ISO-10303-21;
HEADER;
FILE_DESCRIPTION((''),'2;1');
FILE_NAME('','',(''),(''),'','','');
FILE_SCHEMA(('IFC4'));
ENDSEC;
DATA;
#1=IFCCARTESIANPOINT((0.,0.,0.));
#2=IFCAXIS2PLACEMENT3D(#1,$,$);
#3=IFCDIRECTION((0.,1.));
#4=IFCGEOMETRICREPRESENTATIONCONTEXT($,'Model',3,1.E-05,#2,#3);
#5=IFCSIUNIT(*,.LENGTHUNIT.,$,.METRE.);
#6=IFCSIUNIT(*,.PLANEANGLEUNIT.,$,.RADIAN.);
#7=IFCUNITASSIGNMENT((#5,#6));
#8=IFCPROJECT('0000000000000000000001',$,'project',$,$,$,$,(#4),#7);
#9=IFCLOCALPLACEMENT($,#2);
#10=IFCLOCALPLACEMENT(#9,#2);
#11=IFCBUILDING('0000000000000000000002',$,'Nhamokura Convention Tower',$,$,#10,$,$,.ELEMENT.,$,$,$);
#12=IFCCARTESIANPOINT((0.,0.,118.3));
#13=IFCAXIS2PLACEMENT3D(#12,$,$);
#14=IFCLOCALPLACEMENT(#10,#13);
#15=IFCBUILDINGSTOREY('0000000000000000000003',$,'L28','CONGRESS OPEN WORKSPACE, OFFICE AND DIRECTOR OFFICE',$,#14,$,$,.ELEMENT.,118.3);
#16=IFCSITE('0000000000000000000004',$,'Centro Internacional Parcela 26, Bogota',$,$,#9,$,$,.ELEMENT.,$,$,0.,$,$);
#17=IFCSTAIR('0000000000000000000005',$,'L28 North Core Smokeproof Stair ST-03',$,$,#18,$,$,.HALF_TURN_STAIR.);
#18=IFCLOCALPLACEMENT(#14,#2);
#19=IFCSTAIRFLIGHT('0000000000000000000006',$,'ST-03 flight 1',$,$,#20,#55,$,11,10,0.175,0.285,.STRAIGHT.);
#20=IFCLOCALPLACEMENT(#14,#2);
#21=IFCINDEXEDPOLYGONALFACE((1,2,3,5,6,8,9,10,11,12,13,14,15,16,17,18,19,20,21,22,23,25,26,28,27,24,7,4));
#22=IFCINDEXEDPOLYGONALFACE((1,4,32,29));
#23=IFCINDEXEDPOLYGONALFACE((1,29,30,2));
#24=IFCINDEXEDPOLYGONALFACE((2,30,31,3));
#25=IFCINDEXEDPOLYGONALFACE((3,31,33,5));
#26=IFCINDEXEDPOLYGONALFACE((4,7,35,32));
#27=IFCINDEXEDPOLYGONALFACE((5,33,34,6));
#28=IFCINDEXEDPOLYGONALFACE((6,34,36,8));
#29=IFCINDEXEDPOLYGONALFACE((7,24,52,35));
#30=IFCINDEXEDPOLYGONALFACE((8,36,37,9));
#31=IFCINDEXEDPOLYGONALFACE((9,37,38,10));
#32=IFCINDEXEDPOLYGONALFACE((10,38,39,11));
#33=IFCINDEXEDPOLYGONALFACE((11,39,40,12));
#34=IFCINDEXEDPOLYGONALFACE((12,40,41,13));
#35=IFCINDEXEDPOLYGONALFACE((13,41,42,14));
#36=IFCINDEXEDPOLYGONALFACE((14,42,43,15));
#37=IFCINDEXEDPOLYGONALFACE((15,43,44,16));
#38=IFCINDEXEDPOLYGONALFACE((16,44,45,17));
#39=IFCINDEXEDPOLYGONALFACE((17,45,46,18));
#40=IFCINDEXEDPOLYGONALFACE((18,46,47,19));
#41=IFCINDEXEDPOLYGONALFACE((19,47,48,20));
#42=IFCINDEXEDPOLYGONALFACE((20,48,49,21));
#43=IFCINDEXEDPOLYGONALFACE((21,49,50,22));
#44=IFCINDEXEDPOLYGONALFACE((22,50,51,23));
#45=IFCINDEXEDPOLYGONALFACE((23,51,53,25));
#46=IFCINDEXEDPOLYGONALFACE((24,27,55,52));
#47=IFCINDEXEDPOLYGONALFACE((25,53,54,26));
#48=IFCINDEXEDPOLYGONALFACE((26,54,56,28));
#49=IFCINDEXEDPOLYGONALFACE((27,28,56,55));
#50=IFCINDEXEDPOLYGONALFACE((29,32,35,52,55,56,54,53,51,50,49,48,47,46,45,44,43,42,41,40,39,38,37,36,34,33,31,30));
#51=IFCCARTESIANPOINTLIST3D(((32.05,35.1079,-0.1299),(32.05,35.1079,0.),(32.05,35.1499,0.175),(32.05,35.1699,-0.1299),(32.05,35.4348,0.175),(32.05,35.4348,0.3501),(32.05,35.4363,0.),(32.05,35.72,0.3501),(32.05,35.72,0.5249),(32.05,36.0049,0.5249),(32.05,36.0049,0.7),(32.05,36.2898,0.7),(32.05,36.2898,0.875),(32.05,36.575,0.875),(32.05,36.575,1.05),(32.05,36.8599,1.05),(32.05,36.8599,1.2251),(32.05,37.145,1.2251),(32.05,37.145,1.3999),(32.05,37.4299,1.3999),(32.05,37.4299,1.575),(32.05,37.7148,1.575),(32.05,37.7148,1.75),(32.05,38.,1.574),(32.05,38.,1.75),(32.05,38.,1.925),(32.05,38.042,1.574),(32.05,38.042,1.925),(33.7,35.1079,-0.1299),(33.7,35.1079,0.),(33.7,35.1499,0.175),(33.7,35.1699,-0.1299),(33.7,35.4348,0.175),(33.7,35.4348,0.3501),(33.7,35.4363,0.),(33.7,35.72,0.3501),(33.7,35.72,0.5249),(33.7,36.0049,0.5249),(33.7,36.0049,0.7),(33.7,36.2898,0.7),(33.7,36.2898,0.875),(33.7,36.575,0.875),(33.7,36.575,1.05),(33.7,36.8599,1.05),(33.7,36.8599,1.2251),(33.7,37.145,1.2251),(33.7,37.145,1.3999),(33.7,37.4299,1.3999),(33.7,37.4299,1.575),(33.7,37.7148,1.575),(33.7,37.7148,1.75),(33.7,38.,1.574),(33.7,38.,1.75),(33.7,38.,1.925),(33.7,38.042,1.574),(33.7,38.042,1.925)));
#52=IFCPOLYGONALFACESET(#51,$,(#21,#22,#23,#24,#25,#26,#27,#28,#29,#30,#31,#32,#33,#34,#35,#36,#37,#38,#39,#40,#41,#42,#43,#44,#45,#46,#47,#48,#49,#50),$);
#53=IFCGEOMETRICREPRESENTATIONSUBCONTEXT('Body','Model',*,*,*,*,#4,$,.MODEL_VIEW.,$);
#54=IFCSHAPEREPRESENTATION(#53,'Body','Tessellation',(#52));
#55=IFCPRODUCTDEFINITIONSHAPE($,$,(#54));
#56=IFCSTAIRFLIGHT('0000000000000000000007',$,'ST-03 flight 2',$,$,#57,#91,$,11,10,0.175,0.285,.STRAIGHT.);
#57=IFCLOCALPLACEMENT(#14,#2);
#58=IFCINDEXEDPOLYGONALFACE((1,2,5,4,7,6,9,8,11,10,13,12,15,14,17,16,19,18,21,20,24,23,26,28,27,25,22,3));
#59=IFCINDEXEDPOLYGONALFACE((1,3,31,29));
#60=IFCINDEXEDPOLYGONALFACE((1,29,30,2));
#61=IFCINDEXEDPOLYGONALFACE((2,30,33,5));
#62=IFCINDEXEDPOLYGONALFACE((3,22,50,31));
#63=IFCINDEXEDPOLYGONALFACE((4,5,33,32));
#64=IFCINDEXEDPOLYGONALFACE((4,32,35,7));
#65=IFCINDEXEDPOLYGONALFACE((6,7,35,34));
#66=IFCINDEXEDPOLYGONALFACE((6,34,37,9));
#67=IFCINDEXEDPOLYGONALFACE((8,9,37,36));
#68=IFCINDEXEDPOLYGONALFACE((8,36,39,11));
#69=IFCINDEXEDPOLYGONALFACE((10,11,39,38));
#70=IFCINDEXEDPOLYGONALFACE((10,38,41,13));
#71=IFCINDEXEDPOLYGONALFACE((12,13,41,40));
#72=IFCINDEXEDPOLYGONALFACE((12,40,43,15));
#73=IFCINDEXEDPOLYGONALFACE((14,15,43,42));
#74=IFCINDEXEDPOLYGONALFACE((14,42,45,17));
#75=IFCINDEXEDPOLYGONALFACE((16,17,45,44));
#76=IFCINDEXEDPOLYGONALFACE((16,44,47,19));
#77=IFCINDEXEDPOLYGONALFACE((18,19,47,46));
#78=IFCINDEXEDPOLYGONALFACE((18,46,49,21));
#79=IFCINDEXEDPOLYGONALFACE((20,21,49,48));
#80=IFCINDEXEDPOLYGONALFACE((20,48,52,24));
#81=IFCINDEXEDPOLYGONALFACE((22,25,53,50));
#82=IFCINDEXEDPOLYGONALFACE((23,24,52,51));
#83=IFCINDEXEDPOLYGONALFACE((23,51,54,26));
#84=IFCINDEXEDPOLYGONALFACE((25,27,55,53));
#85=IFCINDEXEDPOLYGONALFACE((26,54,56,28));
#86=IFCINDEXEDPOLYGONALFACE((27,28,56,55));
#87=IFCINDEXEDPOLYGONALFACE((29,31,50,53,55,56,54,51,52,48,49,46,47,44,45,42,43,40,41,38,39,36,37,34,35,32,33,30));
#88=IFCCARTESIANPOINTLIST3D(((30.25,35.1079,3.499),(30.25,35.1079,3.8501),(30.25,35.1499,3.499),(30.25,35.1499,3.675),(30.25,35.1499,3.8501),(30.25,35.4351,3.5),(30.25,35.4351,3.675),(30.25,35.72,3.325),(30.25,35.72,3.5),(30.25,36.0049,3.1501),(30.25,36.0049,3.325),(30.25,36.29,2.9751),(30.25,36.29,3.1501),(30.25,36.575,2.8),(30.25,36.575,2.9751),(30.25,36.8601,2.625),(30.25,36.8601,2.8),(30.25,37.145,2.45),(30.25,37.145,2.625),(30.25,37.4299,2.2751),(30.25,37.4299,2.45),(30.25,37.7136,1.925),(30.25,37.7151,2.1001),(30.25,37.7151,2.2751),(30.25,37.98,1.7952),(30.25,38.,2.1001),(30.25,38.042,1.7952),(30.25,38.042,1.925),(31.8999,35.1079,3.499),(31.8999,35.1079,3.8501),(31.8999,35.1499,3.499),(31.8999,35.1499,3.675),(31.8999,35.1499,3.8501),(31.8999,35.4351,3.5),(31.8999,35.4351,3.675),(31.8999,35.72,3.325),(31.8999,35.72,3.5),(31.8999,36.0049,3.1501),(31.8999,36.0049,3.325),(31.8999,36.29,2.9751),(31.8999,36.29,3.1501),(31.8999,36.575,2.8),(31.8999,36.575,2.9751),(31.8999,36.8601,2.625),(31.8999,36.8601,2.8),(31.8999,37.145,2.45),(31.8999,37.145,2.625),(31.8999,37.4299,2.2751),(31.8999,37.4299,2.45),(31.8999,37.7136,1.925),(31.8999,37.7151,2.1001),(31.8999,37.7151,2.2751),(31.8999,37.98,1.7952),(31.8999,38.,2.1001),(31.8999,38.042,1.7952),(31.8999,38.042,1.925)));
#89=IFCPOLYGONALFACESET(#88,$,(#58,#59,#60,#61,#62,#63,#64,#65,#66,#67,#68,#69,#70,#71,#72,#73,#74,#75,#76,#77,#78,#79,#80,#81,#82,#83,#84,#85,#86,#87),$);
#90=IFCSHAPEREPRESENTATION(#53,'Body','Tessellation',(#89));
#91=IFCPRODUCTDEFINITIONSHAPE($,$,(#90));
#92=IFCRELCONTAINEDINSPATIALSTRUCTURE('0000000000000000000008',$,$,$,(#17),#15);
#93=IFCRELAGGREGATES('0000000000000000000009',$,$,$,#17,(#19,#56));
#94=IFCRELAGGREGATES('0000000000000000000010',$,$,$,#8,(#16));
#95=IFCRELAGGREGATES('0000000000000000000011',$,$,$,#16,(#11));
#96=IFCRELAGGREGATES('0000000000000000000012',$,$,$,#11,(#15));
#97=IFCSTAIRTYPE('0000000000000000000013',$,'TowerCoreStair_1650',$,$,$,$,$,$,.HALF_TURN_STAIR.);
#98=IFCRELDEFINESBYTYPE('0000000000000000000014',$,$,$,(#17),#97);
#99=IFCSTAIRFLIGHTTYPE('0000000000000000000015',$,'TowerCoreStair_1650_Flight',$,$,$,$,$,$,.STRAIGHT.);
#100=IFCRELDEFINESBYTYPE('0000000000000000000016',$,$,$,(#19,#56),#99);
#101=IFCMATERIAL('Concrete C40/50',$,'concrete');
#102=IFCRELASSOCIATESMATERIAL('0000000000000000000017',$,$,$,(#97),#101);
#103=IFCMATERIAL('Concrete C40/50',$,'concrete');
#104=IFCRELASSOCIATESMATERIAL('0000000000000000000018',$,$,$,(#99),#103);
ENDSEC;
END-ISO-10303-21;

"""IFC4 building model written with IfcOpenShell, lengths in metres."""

from ifc_helpers import new_model, si_unit, direction, frame, origin, place, context, subcontext, project, spatial, polyline, outline, extrude, material, type_object, element, aggregate, save


model = new_model("IFC4")

# Units and contexts
model_context = context("Model", 3, precision=1e-05, world=origin(), true_north=direction((0.0, 1.0)))
body_context = subcontext(model_context, "Body", "Model", "MODEL_VIEW")
ifc_project = project(units=[si_unit("LENGTHUNIT", "METRE"), si_unit("PLANEANGLEUNIT", "RADIAN")], contexts=[model_context])

# Site, building, storey
site_placement = place(None, origin())
site = spatial("IfcSite", under=ifc_project, at=site_placement, Name="Centro Internacional Parcela 26, Bogota", CompositionType="ELEMENT", RefElevation=0.0)
building_placement = place(site_placement, origin())
building = spatial("IfcBuilding", under=site, at=building_placement, Name="Nhamokura Convention Tower", CompositionType="ELEMENT")
storey_placement = place(building_placement, frame((0.0, 0.0, 118.3)))
storey = spatial("IfcBuildingStorey", under=building, at=storey_placement, Name="L28", Description="CONGRESS OPEN WORKSPACE, OFFICE AND DIRECTOR OFFICE", CompositionType="ELEMENT", Elevation=118.3)

# Stair, stair flights
ifc_material_1 = material(Name="Concrete C40/50", Category="concrete")
stair_type = type_object("IfcStairType", Name="TowerCoreStair_1650", PredefinedType="HALF_TURN_STAIR", material=ifc_material_1)
stair_placement = place(storey_placement, origin())
stair = element("IfcStair", 1, at=stair_placement, inside=storey, type_object=stair_type, Name="L28 North Core Smokeproof Stair ST-03", PredefinedType="HALF_TURN_STAIR")
ifc_material_2 = material(Name="Concrete C40/50", Category="concrete")
stair_flight_type = type_object("IfcStairFlightType", Name="TowerCoreStair_1650_Flight", PredefinedType="STRAIGHT", material=ifc_material_2)
stair_flight_1_placement = place(storey_placement, frame((32.875, 35.1499, 0.0), z_axis=(0.0, 0.0, 1.0), x_axis=(0.0, 1.0, 0.0)))
stair_flight_1 = element("IfcStairFlight", 2, at=stair_flight_1_placement, type_object=stair_flight_type, Name="ST-03 flight 1", NumberOfRisers=11, NumberOfTreads=10, PredefinedType="STRAIGHT", RiserHeight=0.175, TreadLength=0.285, context=body_context, shape_type="SweptSolid", body=[
    extrude(outline(polyline([(-0.042, 0.0), (0.0, 0.175), (0.2849, 0.175), (0.2849, 0.3501), (0.5701, 0.3501), (0.5701, 0.5249), (0.855, 0.5249), (0.855, 0.7), (1.1399, 0.7), (1.1399, 0.875), (1.425, 0.875), (1.425, 1.05), (1.71, 1.05), (1.71, 1.2251), (1.9951, 1.2251), (1.9951, 1.3999), (2.28, 1.3999), (2.28, 1.575), (2.5649, 1.575), (2.5649, 1.75), (2.8501, 1.75), (2.8501, 1.925), (2.8921, 1.925), (2.8921, 1.574), (2.8501, 1.574), (0.2864, 0.0), (0.02, -0.1299), (-0.042, -0.1299), (-0.042, 0.0)])), frame((0.0, 0.825, 0.0), z_axis=(0.0, -1.0, 0.0), x_axis=(1.0, 0.0, 0.0)), (0.0, 0.0, 1.0), 1.6499),
])
stair_flight_2_placement = place(storey_placement, frame((31.075, 38.0, 1.925), z_axis=(0.0, 0.0, 1.0), x_axis=(0.0, -1.0, 0.0)))
stair_flight_2 = element("IfcStairFlight", 3, at=stair_flight_2_placement, type_object=stair_flight_type, Name="ST-03 flight 2", NumberOfRisers=11, NumberOfTreads=10, PredefinedType="STRAIGHT", RiserHeight=0.175, TreadLength=0.285, context=body_context, shape_type="SweptSolid", body=[
    extrude(outline(polyline([(-0.042, 0.0), (0.0, 0.175), (0.2849, 0.175), (0.2849, 0.3501), (0.5701, 0.3501), (0.5701, 0.5249), (0.855, 0.5249), (0.855, 0.7), (1.1399, 0.7), (1.1399, 0.875), (1.425, 0.875), (1.425, 1.05), (1.71, 1.05), (1.71, 1.2251), (1.9951, 1.2251), (1.9951, 1.3999), (2.28, 1.3999), (2.28, 1.575), (2.5649, 1.575), (2.5649, 1.75), (2.8501, 1.75), (2.8501, 1.925), (2.8921, 1.925), (2.8921, 1.574), (2.8501, 1.574), (0.2864, 0.0), (0.02, -0.1299), (-0.042, -0.1299), (-0.042, 0.0)])), frame((0.0, 0.825, 0.0), z_axis=(0.0, -1.0, 0.0), x_axis=(1.0, 0.0, 0.0)), (0.0, 0.0, 1.0), 1.6499),
])
aggregate(stair, [stair_flight_1, stair_flight_2])

save(model, "model.ifc")
